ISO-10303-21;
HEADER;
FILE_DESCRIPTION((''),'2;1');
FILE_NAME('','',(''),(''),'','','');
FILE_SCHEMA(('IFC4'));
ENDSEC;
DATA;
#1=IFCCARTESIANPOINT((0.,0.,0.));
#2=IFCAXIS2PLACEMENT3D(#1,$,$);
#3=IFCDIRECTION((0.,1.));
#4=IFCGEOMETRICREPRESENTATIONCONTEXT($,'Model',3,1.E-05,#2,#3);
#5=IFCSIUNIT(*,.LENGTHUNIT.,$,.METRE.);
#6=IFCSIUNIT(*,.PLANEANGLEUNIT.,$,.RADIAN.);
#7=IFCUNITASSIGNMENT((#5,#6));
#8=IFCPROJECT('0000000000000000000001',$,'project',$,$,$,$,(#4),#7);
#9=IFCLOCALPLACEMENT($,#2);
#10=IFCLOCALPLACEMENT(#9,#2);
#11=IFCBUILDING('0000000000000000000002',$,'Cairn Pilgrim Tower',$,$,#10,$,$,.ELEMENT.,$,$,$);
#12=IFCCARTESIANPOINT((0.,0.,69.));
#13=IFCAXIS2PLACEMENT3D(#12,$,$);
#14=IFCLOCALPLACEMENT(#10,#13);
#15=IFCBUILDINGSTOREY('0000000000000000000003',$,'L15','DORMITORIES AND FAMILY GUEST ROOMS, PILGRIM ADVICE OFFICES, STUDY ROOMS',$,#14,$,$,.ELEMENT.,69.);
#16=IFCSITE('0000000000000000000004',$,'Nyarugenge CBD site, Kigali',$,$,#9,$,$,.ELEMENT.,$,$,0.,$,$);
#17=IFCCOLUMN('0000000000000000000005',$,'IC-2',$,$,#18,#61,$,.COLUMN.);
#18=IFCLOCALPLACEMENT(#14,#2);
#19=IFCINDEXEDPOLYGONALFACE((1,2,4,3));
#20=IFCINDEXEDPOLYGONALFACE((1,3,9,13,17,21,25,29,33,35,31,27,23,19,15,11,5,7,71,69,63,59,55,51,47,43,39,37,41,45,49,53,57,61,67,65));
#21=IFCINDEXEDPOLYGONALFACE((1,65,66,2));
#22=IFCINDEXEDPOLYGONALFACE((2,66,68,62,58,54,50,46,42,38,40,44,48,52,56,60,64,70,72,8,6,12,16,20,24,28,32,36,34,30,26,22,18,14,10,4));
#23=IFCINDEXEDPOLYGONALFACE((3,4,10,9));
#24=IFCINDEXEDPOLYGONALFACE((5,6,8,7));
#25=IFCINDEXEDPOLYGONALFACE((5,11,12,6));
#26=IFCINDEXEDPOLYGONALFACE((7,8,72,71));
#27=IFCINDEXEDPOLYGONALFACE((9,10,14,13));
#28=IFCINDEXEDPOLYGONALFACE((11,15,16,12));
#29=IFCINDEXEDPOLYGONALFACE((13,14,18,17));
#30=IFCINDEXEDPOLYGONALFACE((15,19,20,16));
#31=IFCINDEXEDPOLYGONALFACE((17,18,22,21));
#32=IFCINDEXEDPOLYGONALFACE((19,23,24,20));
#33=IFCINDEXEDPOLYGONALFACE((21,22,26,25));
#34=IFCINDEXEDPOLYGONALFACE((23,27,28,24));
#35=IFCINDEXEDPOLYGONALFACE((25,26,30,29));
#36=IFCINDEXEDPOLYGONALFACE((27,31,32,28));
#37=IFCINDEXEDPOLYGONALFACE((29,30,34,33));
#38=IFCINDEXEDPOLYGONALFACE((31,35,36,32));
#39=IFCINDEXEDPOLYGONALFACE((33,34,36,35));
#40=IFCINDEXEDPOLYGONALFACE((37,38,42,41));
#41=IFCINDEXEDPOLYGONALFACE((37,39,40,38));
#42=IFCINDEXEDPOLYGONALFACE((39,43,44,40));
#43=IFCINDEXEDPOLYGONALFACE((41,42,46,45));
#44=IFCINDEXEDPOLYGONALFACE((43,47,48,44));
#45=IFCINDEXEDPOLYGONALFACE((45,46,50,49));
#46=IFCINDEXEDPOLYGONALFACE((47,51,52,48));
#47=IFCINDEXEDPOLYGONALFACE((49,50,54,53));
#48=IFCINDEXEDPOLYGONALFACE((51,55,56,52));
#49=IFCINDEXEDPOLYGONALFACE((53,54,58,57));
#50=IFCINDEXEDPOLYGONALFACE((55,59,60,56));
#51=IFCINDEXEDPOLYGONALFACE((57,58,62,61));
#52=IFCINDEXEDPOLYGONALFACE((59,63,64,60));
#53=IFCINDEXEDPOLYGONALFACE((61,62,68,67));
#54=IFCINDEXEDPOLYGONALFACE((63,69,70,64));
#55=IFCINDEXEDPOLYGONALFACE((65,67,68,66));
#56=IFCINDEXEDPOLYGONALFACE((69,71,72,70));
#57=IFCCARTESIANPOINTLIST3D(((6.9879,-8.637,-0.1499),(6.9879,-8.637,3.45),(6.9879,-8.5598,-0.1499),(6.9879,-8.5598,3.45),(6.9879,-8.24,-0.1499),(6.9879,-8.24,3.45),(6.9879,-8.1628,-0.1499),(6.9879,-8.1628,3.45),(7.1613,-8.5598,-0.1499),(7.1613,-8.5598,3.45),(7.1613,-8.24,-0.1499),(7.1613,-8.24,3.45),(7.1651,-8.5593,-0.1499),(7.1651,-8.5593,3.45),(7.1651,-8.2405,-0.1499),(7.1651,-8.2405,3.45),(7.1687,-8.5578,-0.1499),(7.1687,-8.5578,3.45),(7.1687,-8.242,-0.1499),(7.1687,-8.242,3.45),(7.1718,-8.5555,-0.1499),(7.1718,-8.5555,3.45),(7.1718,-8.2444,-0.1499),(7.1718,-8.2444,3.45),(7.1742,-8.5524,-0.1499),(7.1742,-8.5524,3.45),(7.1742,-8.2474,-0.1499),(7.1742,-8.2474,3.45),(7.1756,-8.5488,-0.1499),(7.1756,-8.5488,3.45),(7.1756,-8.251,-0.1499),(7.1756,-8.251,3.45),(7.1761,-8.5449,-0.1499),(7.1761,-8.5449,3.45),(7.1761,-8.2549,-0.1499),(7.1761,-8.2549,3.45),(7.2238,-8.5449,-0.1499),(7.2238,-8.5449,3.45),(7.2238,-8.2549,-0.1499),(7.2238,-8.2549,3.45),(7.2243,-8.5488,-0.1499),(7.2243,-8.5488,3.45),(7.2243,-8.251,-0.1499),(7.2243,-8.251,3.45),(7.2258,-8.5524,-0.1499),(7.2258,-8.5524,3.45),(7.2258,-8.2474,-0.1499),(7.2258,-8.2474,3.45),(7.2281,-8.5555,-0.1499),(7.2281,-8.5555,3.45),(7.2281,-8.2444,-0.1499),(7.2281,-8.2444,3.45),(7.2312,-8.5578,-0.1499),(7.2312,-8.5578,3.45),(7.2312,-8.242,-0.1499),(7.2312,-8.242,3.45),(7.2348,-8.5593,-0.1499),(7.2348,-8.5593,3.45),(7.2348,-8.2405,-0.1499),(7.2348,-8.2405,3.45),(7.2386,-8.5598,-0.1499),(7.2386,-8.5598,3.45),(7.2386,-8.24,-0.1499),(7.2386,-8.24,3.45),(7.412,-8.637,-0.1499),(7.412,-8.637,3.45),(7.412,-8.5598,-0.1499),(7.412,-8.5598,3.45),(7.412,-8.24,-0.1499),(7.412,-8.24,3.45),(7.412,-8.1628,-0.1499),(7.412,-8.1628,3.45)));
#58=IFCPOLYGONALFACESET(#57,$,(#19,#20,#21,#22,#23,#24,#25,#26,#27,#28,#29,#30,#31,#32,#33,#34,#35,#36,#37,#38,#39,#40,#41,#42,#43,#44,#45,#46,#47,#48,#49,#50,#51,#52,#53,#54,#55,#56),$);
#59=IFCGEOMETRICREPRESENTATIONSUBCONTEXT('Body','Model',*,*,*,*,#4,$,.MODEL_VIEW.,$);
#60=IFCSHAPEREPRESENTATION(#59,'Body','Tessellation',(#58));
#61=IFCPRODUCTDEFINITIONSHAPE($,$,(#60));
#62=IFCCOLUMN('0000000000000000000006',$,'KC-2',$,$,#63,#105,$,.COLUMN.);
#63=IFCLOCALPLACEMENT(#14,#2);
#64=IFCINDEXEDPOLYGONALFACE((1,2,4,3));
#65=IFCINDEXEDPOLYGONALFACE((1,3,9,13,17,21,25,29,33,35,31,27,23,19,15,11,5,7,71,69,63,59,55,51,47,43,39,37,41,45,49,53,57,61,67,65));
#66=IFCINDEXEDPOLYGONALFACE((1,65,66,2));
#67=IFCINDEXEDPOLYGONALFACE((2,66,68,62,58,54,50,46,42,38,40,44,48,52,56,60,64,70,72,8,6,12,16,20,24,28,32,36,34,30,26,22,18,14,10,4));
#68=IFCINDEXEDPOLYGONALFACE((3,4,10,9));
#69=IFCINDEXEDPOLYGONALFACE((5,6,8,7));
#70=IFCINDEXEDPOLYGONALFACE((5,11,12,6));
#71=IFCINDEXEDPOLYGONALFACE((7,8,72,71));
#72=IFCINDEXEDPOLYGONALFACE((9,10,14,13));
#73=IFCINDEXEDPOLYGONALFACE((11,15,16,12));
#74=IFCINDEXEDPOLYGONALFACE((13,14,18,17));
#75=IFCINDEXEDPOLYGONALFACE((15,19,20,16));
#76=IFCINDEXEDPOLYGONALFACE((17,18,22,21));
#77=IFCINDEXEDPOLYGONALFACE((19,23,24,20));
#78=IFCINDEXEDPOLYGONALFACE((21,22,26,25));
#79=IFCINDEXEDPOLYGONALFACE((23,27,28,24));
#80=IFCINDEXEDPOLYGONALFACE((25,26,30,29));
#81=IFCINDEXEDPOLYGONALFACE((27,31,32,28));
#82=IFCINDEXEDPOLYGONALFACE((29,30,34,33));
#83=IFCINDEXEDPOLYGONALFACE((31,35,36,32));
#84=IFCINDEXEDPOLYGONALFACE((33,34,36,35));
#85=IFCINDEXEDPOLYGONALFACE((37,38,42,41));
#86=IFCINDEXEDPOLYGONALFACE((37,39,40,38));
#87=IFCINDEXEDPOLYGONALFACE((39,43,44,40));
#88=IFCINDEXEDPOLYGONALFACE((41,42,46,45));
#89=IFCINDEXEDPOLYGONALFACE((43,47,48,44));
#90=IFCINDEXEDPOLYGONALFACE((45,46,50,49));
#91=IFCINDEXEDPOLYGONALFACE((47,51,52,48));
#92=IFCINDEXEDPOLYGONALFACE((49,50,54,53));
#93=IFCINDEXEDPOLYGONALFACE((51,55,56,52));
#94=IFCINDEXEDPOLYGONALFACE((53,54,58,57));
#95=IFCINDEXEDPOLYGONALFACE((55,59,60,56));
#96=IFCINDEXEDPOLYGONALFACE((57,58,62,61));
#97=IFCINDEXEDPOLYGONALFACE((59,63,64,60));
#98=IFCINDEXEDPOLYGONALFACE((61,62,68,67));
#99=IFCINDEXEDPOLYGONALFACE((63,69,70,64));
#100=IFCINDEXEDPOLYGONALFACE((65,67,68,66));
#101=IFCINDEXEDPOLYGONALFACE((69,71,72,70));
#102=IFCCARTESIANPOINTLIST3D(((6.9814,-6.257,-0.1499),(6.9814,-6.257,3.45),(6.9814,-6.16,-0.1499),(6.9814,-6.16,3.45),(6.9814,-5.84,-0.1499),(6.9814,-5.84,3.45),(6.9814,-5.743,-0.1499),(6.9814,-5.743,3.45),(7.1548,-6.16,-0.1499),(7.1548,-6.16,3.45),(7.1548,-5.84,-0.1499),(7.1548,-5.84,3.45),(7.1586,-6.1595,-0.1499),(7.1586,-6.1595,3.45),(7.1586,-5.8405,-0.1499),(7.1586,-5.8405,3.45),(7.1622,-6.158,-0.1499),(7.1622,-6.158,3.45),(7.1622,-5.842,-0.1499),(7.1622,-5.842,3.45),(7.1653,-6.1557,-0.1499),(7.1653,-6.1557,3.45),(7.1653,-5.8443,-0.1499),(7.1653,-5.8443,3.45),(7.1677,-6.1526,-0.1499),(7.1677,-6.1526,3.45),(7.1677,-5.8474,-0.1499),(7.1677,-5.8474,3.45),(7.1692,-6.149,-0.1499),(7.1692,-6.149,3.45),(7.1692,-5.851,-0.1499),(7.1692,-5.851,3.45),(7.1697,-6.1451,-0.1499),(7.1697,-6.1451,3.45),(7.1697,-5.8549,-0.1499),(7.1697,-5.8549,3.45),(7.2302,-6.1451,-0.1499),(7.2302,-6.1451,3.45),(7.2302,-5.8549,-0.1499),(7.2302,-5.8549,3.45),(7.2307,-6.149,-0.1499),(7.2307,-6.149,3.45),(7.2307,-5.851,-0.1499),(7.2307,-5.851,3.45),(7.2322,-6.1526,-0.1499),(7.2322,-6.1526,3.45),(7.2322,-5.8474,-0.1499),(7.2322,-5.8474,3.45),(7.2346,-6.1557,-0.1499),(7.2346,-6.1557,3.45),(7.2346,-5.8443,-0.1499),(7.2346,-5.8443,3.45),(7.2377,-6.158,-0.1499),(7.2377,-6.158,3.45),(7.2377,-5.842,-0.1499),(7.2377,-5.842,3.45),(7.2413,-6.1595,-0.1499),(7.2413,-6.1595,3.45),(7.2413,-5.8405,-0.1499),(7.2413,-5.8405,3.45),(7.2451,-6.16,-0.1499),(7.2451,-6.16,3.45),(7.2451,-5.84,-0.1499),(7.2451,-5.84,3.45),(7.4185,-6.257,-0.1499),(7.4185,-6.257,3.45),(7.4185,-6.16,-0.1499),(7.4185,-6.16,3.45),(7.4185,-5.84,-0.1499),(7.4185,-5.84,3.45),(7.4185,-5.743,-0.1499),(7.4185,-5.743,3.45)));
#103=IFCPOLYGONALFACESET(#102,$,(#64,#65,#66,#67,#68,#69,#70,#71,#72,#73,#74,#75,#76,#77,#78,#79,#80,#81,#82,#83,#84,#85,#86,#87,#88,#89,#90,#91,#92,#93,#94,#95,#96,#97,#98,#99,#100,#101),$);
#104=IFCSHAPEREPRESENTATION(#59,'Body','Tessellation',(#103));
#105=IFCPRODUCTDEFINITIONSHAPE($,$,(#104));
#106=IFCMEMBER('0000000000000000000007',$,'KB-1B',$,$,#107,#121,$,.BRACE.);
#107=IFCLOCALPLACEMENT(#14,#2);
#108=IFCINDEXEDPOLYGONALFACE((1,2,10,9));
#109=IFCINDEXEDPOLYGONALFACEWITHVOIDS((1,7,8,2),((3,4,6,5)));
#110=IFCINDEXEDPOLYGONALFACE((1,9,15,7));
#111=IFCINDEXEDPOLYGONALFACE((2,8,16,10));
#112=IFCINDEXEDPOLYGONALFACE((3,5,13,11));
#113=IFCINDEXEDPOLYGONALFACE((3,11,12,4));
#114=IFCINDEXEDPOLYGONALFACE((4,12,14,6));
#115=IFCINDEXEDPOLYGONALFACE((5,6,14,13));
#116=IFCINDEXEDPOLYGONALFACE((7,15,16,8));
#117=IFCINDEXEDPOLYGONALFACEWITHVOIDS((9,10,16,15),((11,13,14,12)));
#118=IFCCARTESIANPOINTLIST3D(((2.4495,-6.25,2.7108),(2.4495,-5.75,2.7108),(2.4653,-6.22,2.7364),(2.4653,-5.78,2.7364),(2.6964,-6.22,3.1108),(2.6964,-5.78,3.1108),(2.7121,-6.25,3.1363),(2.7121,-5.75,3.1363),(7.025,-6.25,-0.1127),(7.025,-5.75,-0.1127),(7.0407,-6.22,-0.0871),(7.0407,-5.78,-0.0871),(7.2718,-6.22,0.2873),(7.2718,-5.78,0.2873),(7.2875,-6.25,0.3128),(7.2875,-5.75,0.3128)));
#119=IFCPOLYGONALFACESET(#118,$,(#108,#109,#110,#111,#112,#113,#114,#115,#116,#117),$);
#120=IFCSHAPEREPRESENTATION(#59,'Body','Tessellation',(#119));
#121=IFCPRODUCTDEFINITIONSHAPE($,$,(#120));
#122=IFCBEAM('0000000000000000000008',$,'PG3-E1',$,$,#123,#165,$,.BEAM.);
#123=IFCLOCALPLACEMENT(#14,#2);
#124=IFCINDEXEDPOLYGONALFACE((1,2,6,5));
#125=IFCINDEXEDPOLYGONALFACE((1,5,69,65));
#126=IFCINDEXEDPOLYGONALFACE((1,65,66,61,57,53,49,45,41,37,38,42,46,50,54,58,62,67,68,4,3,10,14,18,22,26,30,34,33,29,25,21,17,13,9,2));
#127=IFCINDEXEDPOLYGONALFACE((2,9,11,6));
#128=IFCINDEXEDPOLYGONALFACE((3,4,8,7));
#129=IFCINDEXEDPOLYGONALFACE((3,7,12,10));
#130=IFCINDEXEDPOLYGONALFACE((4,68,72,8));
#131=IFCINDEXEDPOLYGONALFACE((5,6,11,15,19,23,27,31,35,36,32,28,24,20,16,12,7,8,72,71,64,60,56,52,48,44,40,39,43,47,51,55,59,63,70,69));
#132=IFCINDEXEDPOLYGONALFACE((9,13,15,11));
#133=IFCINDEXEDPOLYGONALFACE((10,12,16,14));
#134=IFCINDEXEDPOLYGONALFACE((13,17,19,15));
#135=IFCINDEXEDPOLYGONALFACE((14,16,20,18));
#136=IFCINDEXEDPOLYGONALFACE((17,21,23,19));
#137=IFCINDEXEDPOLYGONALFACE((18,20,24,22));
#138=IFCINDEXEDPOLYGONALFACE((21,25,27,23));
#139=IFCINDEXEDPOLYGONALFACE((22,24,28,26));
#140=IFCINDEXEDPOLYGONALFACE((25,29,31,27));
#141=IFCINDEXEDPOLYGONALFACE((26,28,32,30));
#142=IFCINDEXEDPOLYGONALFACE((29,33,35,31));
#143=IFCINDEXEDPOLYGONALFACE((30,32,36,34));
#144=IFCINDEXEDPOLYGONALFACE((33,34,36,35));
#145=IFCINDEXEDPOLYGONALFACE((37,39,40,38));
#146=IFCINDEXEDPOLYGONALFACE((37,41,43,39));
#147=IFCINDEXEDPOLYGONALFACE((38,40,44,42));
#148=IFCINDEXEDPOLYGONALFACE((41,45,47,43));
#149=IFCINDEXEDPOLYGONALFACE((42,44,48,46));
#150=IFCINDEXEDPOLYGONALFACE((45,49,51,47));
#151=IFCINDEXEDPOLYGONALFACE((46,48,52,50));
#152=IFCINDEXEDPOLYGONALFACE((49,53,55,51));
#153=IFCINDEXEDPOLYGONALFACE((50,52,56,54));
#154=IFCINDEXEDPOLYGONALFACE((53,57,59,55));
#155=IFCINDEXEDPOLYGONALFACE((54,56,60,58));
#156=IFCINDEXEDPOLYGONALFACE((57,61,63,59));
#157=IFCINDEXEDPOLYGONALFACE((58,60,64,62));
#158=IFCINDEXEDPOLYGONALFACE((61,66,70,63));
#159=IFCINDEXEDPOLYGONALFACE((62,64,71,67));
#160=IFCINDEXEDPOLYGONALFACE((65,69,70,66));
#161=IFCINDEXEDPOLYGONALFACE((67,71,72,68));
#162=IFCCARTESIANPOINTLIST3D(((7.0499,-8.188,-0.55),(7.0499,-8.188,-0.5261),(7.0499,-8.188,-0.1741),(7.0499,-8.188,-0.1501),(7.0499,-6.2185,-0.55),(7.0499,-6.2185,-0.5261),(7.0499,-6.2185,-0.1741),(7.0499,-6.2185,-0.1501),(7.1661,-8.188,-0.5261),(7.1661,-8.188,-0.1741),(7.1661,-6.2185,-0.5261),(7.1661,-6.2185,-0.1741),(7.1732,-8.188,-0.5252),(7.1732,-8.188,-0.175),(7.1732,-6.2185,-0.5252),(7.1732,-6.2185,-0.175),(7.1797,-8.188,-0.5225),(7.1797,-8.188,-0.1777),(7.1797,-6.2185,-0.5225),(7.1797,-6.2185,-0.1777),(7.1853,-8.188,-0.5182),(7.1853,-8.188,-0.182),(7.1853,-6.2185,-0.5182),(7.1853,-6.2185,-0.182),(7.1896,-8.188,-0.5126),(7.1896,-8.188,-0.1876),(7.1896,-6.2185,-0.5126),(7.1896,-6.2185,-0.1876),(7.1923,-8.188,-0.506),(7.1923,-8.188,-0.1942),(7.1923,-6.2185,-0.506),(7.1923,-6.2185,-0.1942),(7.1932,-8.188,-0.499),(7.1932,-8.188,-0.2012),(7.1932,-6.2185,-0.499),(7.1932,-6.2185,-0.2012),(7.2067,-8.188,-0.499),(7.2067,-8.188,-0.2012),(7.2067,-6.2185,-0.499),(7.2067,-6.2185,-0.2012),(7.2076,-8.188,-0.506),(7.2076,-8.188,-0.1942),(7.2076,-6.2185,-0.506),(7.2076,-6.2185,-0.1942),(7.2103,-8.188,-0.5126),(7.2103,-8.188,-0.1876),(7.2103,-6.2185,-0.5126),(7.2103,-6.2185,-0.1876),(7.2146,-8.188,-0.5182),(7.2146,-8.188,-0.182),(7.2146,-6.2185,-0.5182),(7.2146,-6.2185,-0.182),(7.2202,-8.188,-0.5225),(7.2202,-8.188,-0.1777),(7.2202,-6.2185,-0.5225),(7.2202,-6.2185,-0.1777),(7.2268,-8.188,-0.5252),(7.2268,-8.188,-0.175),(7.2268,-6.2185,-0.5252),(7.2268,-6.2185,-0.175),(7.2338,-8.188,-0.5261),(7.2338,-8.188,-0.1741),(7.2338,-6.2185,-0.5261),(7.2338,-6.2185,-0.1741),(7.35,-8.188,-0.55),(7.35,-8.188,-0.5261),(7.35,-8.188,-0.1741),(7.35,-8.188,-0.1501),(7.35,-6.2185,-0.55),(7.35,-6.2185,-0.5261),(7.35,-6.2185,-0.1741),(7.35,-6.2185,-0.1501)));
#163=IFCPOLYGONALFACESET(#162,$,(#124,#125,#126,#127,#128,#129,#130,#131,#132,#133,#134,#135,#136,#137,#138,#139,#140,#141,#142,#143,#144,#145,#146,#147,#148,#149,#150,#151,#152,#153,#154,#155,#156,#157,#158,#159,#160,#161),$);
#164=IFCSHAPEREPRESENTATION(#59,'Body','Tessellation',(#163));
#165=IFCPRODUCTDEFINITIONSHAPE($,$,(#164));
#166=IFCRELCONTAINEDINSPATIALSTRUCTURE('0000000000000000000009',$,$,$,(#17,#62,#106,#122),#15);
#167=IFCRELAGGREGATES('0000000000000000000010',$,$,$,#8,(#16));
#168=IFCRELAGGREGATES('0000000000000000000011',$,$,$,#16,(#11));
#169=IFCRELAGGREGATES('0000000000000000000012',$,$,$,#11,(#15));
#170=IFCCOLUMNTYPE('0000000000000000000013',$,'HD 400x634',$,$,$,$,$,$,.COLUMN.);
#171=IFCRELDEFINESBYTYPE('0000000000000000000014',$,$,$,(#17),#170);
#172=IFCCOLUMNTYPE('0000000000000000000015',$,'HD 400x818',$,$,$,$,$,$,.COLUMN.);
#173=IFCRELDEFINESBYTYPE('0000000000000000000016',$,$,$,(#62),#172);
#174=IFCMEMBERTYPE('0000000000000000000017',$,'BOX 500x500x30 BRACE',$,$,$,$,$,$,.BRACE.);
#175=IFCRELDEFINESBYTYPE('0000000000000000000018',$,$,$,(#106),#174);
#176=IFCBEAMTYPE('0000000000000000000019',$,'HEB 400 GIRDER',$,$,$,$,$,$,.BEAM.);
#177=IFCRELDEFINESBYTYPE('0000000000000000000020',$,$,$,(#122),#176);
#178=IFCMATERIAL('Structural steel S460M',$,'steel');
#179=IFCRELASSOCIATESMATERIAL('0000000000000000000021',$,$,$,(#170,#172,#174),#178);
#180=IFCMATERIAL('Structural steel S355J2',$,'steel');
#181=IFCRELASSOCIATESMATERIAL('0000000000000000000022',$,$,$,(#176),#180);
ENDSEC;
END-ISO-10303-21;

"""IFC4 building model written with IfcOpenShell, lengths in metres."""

from ifc_helpers import new_model, si_unit, direction, frame, origin, origin_2d, place, context, subcontext, project, spatial, hollow_rectangle, i_section, extrude, material, material_profile, profile_set, type_object, element, save


model = new_model("IFC4")

# Units and contexts
model_context = context("Model", 3, precision=1e-05, world=origin(), true_north=direction((0.0, 1.0)))
body_context = subcontext(model_context, "Body", "Model", "MODEL_VIEW")
ifc_project = project(units=[si_unit("LENGTHUNIT", "METRE"), si_unit("PLANEANGLEUNIT", "RADIAN")], contexts=[model_context])

# Site, building, storey
site_placement = place(None, origin())
site = spatial("IfcSite", under=ifc_project, at=site_placement, Name="Nyarugenge CBD site, Kigali", CompositionType="ELEMENT", RefElevation=0.0)
building_placement = place(site_placement, origin())
building = spatial("IfcBuilding", under=site, at=building_placement, Name="Cairn Pilgrim Tower", CompositionType="ELEMENT")
storey_placement = place(building_placement, frame((0.0, 0.0, 69.0)))
storey = spatial("IfcBuildingStorey", under=building, at=storey_placement, Name="L15", Description="DORMITORIES AND FAMILY GUEST ROOMS, PILGRIM ADVICE OFFICES, STUDY ROOMS", CompositionType="ELEMENT", Elevation=69.0)

# Columns
ifc_material_1 = material(Name="Structural steel S460M", Category="steel")
ifc_material_profile_1 = material_profile(ifc_material_1, i_section(OverallWidth=0.4241, OverallDepth=0.4741, WebThickness=0.0476, FlangeThickness=0.0771, FilletRadius=0.0149, at=origin_2d()), Name="HD 400x634")
ifc_profile_set_1 = profile_set([ifc_material_profile_1], Name="Structural steel S460M")
column_type_1 = type_object("IfcColumnType", Name="HD 400x634", PredefinedType="COLUMN", material=ifc_profile_set_1)
column_1_placement = place(storey_placement, frame((7.2, -8.3999, -0.1499), z_axis=(0.0, 0.0, 1.0), x_axis=(1.0, 0.0, 0.0)))
element("IfcColumn", 1, at=column_1_placement, inside=storey, type_object=column_type_1, Name="IC-2", PredefinedType="COLUMN", context=body_context, shape_type="SweptSolid", body=[
    extrude(i_section(OverallWidth=0.4241, OverallDepth=0.4741, WebThickness=0.0476, FlangeThickness=0.0771, FilletRadius=0.0149, at=origin_2d()), origin(), (0.0, 0.0, 1.0), 3.5999),
])
ifc_material_profile_2 = material_profile(ifc_material_1, i_section(OverallWidth=0.437, OverallDepth=0.5139, WebThickness=0.0605, FlangeThickness=0.0969, FilletRadius=0.0149, at=origin_2d()), Name="HD 400x818")
ifc_profile_set_2 = profile_set([ifc_material_profile_2], Name="Structural steel S460M")
column_type_2 = type_object("IfcColumnType", Name="HD 400x818", PredefinedType="COLUMN", material=ifc_profile_set_2)
column_2_placement = place(storey_placement, frame((7.2, -6.0, -0.1499), z_axis=(0.0, 0.0, 1.0), x_axis=(1.0, 0.0, 0.0)))
element("IfcColumn", 2, at=column_2_placement, inside=storey, type_object=column_type_2, Name="KC-2", PredefinedType="COLUMN", context=body_context, shape_type="SweptSolid", body=[
    extrude(i_section(OverallWidth=0.437, OverallDepth=0.5139, WebThickness=0.0605, FlangeThickness=0.0969, FilletRadius=0.0149, at=origin_2d()), origin(), (0.0, 0.0, 1.0), 3.5999),
])

# Member
ifc_material_profile_3 = material_profile(ifc_material_1, hollow_rectangle(XDim=0.5, YDim=0.5, WallThickness=0.03, at=origin_2d()), Name="BOX 500x500x30")
ifc_profile_set_3 = profile_set([ifc_material_profile_3], Name="Structural steel S460M")
member_type = type_object("IfcMemberType", Name="BOX 500x500x30 BRACE", PredefinedType="BRACE", material=ifc_profile_set_3)
member_placement = place(storey_placement, frame((7.1562, -6.0, 0.1001), z_axis=(-0.851008, 0.0, 0.525154), x_axis=(0.0, -1.0, 0.0)))
element("IfcMember", 3, at=member_placement, inside=storey, type_object=member_type, Name="KB-1B", PredefinedType="BRACE", context=body_context, shape_type="SweptSolid", body=[
    extrude(hollow_rectangle(XDim=0.5, YDim=0.5, WallThickness=0.03, at=origin_2d()), origin(), (0.0, 0.0, 1.0), 5.3765),
])

# Beam
ifc_material_2 = material(Name="Structural steel S355J2", Category="steel")
ifc_material_profile_4 = material_profile(ifc_material_2, i_section(OverallWidth=0.3, OverallDepth=0.3999, WebThickness=0.0134, FlangeThickness=0.0239, FilletRadius=0.0271, at=origin_2d()), Name="HEB 400")
ifc_profile_set_4 = profile_set([ifc_material_profile_4], Name="Structural steel S355J2")
beam_type_1 = type_object("IfcBeamType", Name="HEB 400 GIRDER", PredefinedType="BEAM", material=ifc_profile_set_4)
beam_1_placement = place(storey_placement, frame((7.2, -8.188, -0.3501), z_axis=(0.0, 1.0, 0.0), x_axis=(-1.0, 0.0, 0.0)))
element("IfcBeam", 4, at=beam_1_placement, inside=storey, type_object=beam_type_1, Name="PG3-E1", PredefinedType="BEAM", context=body_context, shape_type="SweptSolid", body=[
    extrude(i_section(OverallWidth=0.3, OverallDepth=0.3999, WebThickness=0.0134, FlangeThickness=0.0239, FilletRadius=0.0271, at=origin_2d()), origin(), (0.0, 0.0, 1.0), 1.9695),
])

save(model, "model.ifc")
